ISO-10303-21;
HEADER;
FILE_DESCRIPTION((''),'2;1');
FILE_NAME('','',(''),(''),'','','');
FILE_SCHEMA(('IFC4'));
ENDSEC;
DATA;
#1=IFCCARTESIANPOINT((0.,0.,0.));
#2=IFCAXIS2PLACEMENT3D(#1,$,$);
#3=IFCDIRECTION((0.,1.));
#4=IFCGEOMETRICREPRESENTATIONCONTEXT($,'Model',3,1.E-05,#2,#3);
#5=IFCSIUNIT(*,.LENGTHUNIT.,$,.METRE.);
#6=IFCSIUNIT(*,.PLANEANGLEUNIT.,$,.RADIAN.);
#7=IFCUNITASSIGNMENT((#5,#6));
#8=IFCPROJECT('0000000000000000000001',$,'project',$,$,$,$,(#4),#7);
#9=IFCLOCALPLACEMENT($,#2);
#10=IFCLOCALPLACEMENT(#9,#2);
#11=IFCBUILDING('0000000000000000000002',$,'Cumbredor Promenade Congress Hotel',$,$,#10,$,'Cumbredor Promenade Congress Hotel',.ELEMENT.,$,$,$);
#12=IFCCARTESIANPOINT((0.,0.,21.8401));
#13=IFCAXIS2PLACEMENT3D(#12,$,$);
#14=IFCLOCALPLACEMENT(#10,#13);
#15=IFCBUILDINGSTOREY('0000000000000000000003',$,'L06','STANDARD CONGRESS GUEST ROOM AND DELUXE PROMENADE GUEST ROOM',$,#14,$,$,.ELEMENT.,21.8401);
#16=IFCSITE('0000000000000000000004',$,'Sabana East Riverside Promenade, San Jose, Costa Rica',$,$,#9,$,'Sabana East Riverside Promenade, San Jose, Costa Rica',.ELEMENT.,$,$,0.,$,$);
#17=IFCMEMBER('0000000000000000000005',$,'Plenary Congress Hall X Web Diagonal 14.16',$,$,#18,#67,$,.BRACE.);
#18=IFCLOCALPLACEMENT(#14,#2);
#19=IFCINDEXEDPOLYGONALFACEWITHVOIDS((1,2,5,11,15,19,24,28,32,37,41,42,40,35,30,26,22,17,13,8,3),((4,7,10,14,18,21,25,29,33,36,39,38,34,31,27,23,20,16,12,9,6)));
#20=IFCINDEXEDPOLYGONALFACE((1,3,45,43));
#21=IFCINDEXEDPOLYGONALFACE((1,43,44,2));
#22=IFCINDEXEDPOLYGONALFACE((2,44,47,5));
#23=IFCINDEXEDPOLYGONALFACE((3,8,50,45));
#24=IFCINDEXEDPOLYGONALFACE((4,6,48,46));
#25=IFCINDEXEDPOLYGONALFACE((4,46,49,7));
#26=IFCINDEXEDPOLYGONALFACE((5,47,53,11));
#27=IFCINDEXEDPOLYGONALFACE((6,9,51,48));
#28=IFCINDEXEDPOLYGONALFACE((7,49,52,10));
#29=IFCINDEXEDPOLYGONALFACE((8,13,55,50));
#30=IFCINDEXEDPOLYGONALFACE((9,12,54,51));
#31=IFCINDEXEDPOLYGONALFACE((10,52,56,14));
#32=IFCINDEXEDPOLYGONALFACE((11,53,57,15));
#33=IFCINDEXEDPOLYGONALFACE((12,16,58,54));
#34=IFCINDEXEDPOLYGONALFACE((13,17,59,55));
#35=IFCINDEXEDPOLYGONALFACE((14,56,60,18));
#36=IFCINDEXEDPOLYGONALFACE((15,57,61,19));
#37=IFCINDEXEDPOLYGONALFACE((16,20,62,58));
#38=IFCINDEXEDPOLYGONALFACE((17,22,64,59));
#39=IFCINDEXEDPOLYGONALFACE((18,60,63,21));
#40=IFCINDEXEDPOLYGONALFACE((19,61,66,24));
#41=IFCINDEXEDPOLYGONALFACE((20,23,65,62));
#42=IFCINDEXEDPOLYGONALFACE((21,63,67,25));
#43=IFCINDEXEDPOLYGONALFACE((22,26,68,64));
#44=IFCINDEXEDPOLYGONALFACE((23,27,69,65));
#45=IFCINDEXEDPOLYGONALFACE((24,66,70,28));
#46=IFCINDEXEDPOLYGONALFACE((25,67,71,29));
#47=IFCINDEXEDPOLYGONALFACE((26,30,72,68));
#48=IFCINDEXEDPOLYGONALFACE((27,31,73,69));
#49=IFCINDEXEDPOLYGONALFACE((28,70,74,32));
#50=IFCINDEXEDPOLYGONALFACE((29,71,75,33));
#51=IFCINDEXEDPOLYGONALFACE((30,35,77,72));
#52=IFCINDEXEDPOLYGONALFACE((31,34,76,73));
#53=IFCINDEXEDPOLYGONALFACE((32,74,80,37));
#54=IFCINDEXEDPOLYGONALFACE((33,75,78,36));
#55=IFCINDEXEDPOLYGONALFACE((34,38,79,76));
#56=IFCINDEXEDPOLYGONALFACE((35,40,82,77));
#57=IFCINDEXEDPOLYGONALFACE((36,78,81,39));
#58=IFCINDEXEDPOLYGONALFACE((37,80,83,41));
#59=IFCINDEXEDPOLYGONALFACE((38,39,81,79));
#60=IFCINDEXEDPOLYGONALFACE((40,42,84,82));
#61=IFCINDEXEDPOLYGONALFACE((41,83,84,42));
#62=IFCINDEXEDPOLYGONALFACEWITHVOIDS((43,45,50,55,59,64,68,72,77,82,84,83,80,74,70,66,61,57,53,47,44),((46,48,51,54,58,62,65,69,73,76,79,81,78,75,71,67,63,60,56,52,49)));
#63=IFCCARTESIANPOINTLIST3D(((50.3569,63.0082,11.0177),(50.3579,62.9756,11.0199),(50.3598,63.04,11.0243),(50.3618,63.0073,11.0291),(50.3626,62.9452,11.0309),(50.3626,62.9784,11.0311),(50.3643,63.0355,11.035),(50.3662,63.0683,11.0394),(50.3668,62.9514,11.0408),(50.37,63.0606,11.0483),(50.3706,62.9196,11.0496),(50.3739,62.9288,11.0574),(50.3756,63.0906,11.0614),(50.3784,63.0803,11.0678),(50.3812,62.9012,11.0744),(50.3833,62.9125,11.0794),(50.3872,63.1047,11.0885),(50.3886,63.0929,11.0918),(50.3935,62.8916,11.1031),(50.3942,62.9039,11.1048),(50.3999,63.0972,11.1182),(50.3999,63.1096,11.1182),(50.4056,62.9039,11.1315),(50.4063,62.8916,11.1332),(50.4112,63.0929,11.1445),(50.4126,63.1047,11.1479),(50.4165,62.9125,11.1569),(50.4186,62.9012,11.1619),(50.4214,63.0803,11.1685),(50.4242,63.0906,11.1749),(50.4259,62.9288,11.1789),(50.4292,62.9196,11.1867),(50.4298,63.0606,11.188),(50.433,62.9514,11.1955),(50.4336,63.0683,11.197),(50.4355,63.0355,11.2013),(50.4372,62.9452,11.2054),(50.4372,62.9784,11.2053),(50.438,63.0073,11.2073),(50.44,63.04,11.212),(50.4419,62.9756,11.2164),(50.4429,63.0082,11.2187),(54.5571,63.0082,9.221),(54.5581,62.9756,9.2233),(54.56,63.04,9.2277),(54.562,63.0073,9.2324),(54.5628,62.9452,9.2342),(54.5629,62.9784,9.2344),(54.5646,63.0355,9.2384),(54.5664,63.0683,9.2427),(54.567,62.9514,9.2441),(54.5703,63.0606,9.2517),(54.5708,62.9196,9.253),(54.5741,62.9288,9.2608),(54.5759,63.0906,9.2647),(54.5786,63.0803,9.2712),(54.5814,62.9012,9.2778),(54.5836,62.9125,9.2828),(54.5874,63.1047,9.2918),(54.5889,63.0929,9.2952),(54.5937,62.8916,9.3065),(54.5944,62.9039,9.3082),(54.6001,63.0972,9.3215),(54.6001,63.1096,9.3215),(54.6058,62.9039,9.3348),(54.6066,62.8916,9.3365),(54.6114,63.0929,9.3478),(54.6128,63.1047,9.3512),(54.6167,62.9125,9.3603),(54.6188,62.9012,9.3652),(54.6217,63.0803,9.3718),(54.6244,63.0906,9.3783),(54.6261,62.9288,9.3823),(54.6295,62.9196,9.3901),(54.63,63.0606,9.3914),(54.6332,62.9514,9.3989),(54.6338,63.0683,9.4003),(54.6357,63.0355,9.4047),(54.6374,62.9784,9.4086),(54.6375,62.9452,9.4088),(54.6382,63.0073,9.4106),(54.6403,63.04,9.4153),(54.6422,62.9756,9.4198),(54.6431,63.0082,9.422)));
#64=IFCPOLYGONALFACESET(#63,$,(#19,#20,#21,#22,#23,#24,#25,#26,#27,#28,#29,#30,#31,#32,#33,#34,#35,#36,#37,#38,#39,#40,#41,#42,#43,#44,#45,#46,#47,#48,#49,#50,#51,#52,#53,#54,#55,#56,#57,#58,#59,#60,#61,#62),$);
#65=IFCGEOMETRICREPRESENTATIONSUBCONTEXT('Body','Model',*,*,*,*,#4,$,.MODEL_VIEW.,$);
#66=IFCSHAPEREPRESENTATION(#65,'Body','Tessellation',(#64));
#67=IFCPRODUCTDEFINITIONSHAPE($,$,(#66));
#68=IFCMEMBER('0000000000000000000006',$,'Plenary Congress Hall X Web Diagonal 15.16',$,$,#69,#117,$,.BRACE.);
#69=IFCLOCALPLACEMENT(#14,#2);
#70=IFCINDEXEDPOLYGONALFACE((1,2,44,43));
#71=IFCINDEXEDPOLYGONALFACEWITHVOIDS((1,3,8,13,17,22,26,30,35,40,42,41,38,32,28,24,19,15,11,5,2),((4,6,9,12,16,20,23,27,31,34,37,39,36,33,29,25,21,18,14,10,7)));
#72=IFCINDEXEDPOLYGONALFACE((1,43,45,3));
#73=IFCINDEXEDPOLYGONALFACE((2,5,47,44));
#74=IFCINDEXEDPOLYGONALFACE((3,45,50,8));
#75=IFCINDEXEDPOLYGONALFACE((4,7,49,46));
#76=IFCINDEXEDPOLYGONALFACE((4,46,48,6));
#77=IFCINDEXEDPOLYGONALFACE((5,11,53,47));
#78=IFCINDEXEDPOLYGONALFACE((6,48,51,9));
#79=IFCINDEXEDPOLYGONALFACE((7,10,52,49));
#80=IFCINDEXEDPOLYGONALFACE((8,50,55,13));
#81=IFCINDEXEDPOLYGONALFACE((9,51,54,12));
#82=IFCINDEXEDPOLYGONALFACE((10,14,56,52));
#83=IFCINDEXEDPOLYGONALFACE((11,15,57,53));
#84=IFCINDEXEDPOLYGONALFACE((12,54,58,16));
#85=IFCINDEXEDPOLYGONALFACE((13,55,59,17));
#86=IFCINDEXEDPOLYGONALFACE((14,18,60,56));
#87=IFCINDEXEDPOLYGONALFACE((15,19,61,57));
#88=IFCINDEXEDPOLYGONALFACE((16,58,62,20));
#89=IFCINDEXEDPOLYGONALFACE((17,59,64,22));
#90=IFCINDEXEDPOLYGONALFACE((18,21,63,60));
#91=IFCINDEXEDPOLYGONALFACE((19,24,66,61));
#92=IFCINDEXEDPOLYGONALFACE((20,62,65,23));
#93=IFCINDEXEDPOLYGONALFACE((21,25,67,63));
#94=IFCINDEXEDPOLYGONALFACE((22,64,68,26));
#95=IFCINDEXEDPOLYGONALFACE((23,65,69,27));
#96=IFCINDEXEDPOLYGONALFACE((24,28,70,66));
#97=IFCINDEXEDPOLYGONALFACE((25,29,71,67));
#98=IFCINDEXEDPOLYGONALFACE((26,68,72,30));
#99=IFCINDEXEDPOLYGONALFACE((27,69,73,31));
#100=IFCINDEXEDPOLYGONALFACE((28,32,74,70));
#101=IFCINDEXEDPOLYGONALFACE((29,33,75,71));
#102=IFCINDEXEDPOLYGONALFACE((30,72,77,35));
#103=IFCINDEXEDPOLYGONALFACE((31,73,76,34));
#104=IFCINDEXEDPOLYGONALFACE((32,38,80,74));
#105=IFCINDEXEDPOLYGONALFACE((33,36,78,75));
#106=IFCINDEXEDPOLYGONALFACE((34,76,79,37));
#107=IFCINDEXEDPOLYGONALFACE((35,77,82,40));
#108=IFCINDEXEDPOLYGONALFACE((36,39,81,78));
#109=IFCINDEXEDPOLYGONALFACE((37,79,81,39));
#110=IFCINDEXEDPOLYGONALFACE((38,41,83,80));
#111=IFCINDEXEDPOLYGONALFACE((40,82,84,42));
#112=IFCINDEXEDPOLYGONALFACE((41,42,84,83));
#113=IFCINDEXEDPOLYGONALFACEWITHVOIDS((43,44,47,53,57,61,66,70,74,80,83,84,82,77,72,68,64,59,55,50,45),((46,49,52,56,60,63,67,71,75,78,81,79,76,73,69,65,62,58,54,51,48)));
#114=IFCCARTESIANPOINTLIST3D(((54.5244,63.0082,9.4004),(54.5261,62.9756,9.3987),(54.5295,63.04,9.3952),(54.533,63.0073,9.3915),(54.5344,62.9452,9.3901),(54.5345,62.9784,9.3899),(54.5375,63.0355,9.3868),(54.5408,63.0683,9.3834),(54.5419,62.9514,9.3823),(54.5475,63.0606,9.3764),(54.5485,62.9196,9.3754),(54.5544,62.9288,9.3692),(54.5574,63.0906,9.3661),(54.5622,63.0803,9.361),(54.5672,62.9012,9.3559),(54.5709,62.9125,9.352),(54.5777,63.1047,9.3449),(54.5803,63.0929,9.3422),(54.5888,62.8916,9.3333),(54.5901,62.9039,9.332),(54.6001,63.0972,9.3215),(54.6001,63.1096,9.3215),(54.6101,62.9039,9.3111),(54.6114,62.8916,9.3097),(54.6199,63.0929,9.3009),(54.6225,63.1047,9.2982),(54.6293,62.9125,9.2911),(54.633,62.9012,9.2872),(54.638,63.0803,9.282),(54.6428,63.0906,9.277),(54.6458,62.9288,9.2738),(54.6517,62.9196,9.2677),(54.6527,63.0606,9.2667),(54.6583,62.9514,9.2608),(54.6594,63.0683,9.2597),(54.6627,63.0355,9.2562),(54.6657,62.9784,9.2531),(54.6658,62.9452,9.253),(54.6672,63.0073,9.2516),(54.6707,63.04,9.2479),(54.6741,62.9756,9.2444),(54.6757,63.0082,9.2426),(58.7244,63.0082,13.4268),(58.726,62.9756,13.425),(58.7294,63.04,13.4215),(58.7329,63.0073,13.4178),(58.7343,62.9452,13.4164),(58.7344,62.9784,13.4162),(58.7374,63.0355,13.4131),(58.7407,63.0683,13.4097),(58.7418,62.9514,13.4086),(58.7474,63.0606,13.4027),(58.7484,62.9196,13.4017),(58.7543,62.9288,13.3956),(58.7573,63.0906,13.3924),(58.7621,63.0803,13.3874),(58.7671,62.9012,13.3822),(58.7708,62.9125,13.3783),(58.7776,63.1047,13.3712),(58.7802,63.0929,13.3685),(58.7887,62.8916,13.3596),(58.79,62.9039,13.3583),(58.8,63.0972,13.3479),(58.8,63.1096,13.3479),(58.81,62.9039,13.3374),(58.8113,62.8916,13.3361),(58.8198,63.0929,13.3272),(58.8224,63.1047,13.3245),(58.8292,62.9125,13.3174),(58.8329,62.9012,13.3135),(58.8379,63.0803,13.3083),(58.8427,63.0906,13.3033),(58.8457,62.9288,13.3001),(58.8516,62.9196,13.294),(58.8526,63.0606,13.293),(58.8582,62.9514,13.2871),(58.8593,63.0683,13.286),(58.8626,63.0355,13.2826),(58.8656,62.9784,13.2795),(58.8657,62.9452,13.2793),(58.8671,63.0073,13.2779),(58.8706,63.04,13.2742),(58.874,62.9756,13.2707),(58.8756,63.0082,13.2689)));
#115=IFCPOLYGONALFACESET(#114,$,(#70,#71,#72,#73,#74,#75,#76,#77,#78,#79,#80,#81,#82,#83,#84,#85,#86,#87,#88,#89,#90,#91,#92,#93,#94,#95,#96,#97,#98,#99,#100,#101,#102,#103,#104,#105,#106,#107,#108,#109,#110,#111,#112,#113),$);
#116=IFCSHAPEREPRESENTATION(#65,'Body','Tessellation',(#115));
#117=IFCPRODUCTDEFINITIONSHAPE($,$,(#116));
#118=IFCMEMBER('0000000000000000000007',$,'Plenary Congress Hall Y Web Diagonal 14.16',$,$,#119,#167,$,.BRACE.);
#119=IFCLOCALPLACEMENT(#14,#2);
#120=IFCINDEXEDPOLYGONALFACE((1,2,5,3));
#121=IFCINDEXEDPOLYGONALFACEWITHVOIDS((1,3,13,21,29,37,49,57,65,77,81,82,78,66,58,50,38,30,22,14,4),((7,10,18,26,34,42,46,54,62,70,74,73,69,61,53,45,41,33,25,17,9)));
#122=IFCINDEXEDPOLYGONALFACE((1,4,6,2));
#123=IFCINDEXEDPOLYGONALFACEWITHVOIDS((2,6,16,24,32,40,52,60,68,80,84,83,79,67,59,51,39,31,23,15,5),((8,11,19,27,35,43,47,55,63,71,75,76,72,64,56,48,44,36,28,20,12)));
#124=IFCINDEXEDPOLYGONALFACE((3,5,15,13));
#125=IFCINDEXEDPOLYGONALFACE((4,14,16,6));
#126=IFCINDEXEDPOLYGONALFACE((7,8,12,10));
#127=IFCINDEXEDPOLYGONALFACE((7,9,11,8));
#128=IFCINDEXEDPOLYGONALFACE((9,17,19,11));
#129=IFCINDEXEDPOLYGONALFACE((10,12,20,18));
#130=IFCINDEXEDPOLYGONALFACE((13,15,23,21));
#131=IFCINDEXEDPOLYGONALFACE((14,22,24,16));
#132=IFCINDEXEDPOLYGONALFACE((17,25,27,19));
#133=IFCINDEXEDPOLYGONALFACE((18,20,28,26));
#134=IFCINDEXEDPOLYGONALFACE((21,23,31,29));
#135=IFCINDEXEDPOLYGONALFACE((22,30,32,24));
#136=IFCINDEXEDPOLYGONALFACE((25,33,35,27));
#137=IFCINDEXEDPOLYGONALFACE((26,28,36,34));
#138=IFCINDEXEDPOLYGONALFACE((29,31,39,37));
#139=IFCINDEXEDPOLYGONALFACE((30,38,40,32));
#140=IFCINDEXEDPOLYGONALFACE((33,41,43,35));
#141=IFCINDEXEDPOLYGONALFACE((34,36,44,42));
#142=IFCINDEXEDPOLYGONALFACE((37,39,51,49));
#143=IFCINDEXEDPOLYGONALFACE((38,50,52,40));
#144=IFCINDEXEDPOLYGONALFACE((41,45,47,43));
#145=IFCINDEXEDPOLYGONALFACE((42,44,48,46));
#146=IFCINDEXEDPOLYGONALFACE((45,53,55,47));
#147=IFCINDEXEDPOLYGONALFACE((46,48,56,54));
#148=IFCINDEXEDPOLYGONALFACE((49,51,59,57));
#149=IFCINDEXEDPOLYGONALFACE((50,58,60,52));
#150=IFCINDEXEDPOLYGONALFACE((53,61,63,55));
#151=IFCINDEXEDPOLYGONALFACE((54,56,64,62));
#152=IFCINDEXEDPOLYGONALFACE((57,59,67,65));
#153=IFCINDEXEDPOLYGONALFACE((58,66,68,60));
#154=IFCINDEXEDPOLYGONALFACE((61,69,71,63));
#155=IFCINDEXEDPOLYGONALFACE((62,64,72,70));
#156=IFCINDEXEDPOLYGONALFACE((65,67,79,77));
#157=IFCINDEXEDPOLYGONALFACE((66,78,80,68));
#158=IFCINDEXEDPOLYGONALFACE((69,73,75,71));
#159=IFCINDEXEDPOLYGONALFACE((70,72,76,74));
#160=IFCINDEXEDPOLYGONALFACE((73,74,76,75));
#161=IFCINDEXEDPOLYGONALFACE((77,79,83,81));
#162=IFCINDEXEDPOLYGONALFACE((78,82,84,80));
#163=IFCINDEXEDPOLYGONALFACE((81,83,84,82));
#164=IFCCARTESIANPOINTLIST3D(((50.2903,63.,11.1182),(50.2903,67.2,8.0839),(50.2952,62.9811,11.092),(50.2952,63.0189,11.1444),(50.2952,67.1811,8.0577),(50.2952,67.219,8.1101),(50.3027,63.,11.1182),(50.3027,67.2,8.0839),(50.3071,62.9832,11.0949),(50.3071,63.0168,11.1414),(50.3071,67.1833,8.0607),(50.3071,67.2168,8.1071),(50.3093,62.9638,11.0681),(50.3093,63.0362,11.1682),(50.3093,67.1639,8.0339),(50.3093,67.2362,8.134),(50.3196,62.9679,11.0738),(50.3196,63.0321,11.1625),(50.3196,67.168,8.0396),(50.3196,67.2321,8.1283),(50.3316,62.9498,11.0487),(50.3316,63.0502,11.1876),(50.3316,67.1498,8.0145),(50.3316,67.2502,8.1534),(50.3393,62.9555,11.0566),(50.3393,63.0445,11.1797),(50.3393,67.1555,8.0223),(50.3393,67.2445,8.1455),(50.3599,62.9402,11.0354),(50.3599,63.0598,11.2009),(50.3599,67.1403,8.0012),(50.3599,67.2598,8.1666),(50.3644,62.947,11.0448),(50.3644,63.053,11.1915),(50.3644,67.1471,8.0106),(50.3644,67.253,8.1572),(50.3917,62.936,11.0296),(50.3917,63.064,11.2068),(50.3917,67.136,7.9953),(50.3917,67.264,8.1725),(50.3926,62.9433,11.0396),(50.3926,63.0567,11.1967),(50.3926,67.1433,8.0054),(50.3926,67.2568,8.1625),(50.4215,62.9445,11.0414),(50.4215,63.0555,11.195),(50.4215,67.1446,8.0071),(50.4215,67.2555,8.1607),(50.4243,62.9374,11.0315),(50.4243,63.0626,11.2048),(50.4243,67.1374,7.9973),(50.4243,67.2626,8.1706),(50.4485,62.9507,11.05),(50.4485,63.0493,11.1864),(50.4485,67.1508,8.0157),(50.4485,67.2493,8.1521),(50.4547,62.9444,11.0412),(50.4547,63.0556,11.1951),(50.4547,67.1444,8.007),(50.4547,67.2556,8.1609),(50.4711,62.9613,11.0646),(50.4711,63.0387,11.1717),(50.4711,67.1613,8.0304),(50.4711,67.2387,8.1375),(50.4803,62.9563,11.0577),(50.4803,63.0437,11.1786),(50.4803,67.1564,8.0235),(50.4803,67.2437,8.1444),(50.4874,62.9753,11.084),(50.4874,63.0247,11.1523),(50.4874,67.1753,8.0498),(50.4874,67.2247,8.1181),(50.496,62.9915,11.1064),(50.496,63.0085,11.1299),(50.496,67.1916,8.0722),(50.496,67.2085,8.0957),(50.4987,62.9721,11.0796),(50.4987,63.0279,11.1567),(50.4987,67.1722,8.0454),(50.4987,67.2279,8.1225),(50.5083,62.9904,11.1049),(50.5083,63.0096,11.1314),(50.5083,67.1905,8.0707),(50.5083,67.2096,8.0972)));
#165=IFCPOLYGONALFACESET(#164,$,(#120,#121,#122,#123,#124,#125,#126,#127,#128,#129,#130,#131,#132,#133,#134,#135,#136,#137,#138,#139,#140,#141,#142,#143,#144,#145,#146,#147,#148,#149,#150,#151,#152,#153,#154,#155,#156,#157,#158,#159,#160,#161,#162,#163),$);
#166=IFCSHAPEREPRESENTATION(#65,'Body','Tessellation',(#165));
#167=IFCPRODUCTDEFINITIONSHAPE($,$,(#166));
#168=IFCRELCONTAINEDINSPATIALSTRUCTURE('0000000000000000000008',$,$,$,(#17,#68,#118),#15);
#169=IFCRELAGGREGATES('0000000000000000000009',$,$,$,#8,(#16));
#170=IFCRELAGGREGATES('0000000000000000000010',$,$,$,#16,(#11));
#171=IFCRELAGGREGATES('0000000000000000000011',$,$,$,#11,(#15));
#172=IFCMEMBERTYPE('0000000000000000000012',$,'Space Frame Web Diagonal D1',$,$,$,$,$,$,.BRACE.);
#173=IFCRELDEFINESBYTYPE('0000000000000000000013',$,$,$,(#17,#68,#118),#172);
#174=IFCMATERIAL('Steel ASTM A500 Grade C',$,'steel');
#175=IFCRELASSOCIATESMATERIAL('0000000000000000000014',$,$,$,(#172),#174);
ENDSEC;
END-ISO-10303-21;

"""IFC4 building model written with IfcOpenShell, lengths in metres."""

from ifc_helpers import new_model, si_unit, direction, frame, origin, origin_2d, place, context, subcontext, project, spatial, hollow_circle, extrude, material, material_profile, profile_set, type_object, element, save


model = new_model("IFC4")

# Units and contexts
model_context = context("Model", 3, precision=1e-05, world=origin(), true_north=direction((0.0, 1.0)))
body_context = subcontext(model_context, "Body", "Model", "MODEL_VIEW")
ifc_project = project(units=[si_unit("LENGTHUNIT", "METRE"), si_unit("PLANEANGLEUNIT", "RADIAN")], contexts=[model_context])

# Site, building, storey
site_placement = place(None, origin())
site = spatial("IfcSite", under=ifc_project, at=site_placement, Name="Sabana East Riverside Promenade, San Jose, Costa Rica", LongName="Sabana East Riverside Promenade, San Jose, Costa Rica", CompositionType="ELEMENT", RefElevation=0.0)
building_placement = place(site_placement, origin())
building = spatial("IfcBuilding", under=site, at=building_placement, Name="Cumbredor Promenade Congress Hotel", LongName="Cumbredor Promenade Congress Hotel", CompositionType="ELEMENT")
storey_placement = place(building_placement, frame((0.0, 0.0, 21.8401)))
storey = spatial("IfcBuildingStorey", under=building, at=storey_placement, Name="L06", Description="STANDARD CONGRESS GUEST ROOM AND DELUXE PROMENADE GUEST ROOM", CompositionType="ELEMENT", Elevation=21.8401)

# Members
ifc_material_1 = material(Name="Steel ASTM A500 Grade C", Category="steel")
ifc_material_profile_1 = material_profile(ifc_material_1, hollow_circle(Radius=0.1096, WallThickness=0.0125, at=origin_2d()), Name="CHS 219.1x12.5")
ifc_profile_set_1 = profile_set([ifc_material_profile_1], Name="Steel ASTM A500 Grade C")
member_type_1 = type_object("IfcMemberType", Name="Space Frame Web Diagonal D1", PredefinedType="BRACE", material=ifc_profile_set_1)
member_1_placement = place(storey_placement, frame((50.3999, 63.0, 11.1182), z_axis=(0.919418, 0.0, -0.393281), x_axis=(0.0, 1.0, 0.0)))
element("IfcMember", 1, at=member_1_placement, inside=storey, type_object=member_type_1, Name="Plenary Congress Hall X Web Diagonal 14.16", PredefinedType="BRACE", context=body_context, shape_type="SweptSolid", body=[
    extrude(hollow_circle(Radius=0.1096, WallThickness=0.0125, at=origin_2d()), origin(), (0.0, 0.0, 1.0), 4.5684),
])
member_2_placement = place(storey_placement, frame((54.6001, 63.0, 9.3215), z_axis=(0.721867, 0.0, 0.692032), x_axis=(0.0, 1.0, 0.0)))
element("IfcMember", 2, at=member_2_placement, inside=storey, type_object=member_type_1, Name="Plenary Congress Hall X Web Diagonal 15.16", PredefinedType="BRACE", context=body_context, shape_type="SweptSolid", body=[
    extrude(hollow_circle(Radius=0.1096, WallThickness=0.0125, at=origin_2d()), origin(), (0.0, 0.0, 1.0), 5.8181),
])
member_3_placement = place(storey_placement, frame((50.3999, 63.0, 11.1182), z_axis=(0.0, 0.810598, -0.585602), x_axis=(-1.0, 0.0, 0.0)))
element("IfcMember", 3, at=member_3_placement, inside=storey, type_object=member_type_1, Name="Plenary Congress Hall Y Web Diagonal 14.16", PredefinedType="BRACE", context=body_context, shape_type="SweptSolid", body=[
    extrude(hollow_circle(Radius=0.1096, WallThickness=0.0125, at=origin_2d()), origin(), (0.0, 0.0, 1.0), 5.1814),
])

save(model, "model.ifc")
